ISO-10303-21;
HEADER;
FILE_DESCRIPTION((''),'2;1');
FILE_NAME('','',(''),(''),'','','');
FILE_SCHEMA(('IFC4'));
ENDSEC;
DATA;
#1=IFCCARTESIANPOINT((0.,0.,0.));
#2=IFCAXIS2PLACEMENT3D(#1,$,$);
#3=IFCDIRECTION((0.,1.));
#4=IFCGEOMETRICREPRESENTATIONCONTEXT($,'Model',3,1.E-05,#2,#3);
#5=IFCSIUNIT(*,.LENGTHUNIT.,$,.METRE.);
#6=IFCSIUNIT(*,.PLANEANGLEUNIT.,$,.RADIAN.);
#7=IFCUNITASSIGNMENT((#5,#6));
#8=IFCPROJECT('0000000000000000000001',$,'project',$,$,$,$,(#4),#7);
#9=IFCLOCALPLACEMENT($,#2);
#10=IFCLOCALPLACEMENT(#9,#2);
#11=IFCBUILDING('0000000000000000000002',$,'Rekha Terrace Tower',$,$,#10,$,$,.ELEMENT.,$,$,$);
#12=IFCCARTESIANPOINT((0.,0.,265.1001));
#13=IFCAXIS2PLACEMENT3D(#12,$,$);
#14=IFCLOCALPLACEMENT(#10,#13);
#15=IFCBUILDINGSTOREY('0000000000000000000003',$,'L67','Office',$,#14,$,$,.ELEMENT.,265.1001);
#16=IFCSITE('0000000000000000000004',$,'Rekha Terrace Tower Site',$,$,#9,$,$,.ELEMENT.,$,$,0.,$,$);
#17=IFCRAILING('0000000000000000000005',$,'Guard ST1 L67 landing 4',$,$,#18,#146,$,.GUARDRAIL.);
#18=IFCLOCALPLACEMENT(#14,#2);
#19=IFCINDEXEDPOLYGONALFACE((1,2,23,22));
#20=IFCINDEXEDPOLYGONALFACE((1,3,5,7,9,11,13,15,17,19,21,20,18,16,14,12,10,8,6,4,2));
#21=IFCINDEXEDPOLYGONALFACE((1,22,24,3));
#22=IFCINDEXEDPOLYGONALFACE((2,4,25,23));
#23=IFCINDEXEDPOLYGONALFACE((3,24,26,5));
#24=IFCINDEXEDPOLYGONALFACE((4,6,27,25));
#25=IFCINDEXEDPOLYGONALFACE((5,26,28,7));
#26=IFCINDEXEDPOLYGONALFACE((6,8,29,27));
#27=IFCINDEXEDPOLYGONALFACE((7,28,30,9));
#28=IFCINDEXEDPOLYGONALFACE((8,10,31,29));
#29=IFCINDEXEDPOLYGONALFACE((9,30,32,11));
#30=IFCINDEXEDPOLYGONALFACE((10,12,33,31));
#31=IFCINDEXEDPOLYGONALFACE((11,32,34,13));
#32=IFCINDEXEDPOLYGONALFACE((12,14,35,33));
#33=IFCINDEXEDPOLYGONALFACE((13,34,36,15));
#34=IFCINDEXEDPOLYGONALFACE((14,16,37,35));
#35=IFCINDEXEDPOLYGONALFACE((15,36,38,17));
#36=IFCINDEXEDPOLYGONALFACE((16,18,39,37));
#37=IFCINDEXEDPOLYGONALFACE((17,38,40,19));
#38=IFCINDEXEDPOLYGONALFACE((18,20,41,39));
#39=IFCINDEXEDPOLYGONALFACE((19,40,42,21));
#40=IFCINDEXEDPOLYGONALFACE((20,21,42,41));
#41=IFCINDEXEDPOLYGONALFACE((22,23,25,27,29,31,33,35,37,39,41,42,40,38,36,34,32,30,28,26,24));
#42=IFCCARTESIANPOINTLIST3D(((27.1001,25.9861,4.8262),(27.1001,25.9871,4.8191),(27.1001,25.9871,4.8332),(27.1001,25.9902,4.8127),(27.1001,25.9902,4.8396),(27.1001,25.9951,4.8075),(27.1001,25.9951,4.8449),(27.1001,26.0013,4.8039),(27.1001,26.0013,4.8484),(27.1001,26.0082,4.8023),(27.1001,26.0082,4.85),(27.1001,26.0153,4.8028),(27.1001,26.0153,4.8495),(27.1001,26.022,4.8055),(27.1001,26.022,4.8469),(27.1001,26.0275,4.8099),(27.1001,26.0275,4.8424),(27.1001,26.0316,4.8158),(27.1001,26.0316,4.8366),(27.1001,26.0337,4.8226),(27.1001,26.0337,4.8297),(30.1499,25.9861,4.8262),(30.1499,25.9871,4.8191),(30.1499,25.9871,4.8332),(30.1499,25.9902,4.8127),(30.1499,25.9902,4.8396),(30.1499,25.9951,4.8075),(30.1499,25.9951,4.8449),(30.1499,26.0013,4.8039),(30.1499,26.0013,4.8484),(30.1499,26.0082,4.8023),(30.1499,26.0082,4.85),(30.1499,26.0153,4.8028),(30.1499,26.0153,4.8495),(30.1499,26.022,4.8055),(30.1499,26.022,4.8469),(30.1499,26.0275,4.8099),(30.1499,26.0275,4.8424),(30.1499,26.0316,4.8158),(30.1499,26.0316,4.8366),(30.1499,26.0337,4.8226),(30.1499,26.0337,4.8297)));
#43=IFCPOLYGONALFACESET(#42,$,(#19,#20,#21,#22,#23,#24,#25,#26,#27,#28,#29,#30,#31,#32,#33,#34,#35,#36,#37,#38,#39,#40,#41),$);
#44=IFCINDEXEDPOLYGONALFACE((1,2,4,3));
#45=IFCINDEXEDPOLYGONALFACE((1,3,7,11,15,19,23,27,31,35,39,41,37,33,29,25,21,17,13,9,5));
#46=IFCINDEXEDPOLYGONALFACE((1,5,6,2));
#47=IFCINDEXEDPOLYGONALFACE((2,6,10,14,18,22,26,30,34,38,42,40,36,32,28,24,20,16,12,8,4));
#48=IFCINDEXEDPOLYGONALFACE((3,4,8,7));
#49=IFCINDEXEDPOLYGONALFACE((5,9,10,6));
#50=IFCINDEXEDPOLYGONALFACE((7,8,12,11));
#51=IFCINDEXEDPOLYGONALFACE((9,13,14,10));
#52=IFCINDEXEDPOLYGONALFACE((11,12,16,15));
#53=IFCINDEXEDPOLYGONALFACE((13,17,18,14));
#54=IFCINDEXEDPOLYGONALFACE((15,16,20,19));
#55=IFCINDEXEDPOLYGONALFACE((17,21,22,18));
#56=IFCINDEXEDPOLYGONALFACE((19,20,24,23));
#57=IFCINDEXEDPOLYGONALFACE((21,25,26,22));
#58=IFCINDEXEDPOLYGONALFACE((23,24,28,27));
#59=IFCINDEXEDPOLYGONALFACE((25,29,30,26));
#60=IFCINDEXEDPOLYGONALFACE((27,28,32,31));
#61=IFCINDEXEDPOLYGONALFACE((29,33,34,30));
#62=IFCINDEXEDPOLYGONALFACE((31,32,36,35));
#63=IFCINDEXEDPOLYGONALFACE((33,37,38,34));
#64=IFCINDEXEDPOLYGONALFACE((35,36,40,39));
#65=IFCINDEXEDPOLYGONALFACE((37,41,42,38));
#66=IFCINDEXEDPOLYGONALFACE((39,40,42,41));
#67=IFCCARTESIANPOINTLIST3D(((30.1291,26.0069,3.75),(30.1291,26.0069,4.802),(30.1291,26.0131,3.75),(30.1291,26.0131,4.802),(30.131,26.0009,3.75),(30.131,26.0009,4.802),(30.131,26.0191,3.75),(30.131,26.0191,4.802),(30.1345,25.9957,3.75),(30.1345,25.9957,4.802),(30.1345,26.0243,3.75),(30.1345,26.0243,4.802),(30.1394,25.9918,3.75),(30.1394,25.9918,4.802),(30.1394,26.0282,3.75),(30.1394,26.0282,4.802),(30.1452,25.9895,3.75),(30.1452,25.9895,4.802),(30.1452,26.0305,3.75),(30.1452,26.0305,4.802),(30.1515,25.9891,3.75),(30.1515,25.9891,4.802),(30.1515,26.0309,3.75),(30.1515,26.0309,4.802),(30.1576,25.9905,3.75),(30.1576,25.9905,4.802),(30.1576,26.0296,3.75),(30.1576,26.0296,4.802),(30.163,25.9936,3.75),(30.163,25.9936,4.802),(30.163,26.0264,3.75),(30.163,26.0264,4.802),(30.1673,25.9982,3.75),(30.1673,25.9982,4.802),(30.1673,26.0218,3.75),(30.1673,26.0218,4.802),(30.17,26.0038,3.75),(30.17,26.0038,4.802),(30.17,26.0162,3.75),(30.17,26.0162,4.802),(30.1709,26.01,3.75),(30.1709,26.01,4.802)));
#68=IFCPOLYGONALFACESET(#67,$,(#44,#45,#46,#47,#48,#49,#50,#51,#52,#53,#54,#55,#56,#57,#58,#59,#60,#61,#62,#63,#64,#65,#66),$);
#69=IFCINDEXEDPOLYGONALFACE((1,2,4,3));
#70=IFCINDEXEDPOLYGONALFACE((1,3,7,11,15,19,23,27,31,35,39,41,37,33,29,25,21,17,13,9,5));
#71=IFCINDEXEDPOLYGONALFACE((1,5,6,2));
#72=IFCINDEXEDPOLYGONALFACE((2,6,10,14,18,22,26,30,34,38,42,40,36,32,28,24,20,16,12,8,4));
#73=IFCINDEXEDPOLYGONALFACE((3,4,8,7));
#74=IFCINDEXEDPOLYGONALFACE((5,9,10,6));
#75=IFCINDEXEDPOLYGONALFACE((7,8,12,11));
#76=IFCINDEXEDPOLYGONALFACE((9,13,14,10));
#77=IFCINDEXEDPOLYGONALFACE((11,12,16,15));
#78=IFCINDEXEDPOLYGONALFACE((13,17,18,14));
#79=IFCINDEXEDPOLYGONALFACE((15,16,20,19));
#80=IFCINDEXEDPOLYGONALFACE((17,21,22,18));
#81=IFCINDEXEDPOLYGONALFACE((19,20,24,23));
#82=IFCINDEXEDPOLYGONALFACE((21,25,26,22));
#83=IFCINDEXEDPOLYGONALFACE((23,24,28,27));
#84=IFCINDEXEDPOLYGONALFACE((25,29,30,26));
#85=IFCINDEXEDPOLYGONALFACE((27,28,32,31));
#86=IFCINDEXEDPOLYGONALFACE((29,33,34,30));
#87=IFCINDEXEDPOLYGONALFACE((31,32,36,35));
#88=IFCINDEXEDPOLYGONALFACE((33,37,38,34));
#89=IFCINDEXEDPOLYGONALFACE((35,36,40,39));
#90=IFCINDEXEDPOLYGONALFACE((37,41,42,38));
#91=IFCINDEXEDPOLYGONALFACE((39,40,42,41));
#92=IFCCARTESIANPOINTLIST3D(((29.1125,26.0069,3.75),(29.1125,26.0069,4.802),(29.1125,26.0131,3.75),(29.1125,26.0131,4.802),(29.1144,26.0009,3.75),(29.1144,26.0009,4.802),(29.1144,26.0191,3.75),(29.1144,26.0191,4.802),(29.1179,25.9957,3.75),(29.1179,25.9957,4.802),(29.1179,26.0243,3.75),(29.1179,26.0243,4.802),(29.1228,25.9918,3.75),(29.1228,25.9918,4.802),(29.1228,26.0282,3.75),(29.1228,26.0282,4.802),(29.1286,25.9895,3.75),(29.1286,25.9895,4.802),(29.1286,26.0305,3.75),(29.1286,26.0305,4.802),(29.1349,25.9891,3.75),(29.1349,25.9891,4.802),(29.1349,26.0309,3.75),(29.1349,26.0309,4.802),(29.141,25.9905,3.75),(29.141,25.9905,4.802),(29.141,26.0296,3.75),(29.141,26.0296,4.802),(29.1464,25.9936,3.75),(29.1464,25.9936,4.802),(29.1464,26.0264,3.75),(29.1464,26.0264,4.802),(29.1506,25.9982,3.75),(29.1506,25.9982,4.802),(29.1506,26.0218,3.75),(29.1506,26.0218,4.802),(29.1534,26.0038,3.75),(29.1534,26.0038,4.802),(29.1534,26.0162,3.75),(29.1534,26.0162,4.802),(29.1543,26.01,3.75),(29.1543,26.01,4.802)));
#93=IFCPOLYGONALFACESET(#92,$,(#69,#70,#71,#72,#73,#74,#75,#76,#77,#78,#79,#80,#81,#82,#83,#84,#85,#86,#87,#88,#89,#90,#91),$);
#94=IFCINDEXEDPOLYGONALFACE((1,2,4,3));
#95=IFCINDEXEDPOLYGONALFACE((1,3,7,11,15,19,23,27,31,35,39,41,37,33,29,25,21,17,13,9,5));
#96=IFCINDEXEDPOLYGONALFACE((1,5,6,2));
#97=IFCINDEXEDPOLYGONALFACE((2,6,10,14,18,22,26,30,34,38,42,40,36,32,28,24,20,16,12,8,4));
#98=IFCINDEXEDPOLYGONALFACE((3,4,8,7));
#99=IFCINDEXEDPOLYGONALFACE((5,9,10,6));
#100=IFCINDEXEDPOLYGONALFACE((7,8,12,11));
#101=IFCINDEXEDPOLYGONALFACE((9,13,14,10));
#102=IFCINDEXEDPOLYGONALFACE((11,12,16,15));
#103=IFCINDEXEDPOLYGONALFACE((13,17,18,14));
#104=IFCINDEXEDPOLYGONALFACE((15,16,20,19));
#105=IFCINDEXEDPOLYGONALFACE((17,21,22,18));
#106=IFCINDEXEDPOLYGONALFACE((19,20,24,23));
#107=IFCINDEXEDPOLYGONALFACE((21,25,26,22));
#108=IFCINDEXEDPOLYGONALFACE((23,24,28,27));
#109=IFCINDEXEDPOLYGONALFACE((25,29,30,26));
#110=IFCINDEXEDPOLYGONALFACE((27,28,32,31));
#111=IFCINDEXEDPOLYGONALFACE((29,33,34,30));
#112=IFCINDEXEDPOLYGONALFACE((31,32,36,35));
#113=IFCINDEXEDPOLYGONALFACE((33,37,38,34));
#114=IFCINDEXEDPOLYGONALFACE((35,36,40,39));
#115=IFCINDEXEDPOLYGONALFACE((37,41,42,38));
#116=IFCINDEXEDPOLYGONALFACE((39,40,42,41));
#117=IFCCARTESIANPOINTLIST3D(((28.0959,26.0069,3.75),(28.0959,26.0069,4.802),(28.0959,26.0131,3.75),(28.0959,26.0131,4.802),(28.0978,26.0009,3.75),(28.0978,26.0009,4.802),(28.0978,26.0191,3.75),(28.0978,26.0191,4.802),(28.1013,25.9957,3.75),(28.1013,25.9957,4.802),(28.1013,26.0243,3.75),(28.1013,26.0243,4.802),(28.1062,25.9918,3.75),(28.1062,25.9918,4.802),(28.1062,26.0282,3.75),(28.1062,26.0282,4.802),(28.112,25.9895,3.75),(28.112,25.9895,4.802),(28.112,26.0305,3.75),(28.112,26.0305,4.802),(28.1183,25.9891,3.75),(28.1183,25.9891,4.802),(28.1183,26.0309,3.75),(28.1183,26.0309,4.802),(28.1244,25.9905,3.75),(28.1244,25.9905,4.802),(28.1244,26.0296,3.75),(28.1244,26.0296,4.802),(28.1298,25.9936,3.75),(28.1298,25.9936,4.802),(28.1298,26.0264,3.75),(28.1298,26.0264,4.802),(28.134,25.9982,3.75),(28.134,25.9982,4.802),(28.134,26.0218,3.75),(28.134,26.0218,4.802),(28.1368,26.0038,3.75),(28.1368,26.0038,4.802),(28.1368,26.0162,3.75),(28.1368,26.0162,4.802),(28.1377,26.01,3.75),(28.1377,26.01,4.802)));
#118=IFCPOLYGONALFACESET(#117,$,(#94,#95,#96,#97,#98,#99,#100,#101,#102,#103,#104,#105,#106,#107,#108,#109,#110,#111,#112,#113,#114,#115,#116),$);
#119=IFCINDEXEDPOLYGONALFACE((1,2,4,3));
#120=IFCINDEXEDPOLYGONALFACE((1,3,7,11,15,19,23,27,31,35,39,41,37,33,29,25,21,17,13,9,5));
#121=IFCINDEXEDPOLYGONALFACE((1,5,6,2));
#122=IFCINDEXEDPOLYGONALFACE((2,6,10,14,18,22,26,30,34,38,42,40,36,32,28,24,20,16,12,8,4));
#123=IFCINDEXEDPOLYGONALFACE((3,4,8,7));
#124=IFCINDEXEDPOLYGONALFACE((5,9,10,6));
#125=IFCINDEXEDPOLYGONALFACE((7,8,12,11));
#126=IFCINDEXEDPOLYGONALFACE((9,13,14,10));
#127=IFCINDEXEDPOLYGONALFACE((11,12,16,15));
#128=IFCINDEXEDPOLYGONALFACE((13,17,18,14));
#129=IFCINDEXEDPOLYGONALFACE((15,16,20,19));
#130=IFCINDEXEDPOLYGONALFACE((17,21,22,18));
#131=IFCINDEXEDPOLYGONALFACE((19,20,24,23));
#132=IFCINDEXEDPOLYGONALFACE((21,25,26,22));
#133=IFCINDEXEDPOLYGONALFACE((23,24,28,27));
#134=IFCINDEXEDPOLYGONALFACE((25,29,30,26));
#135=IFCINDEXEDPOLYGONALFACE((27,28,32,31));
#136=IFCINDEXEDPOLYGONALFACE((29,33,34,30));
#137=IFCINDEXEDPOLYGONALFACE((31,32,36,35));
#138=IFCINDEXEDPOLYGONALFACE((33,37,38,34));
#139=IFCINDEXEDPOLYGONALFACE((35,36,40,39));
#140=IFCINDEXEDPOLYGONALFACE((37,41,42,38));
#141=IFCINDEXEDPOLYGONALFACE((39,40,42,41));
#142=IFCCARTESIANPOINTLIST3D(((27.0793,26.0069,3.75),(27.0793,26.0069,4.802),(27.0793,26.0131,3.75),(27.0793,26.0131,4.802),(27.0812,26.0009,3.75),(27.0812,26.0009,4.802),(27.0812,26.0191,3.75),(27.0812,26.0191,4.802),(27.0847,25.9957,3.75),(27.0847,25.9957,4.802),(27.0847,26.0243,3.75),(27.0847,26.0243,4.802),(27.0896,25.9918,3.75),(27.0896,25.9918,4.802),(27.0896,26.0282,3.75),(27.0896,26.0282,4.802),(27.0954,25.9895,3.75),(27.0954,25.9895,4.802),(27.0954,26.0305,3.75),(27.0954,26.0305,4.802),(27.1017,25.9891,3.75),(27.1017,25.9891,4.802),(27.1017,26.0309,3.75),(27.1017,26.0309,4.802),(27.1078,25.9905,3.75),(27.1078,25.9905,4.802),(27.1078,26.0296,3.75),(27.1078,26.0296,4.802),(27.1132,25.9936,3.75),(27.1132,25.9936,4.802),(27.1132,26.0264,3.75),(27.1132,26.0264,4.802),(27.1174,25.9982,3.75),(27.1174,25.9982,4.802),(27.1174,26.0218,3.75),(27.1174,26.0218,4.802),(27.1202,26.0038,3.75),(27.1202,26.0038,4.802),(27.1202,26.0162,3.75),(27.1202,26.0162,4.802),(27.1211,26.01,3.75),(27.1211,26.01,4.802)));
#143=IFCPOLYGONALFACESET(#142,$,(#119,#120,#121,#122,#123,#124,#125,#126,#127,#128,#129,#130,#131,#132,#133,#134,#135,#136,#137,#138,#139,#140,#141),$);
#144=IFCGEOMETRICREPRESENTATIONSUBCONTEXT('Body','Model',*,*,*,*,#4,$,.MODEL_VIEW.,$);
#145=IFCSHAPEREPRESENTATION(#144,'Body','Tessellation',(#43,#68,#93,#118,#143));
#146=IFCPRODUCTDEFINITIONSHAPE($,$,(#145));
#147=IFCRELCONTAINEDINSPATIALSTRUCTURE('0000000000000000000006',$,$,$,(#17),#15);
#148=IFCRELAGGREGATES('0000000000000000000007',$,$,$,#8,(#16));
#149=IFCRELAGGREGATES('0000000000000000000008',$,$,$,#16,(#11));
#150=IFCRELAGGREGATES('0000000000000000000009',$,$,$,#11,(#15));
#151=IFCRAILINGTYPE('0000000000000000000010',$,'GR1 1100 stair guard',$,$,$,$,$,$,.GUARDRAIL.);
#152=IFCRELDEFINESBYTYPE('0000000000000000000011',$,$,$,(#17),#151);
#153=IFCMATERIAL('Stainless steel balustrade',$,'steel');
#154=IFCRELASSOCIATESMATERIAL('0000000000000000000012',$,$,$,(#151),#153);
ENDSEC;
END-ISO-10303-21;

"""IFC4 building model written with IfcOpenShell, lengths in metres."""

from ifc_helpers import new_model, si_unit, direction, frame, origin, origin_2d, place, context, subcontext, project, spatial, circle, extrude, material, type_object, element, save


model = new_model("IFC4")

# Units and contexts
model_context = context("Model", 3, precision=1e-05, world=origin(), true_north=direction((0.0, 1.0)))
body_context = subcontext(model_context, "Body", "Model", "MODEL_VIEW")
ifc_project = project(units=[si_unit("LENGTHUNIT", "METRE"), si_unit("PLANEANGLEUNIT", "RADIAN")], contexts=[model_context])

# Site, building, storey
site_placement = place(None, origin())
site = spatial("IfcSite", under=ifc_project, at=site_placement, Name="Rekha Terrace Tower Site", CompositionType="ELEMENT", RefElevation=0.0)
building_placement = place(site_placement, origin())
building = spatial("IfcBuilding", under=site, at=building_placement, Name="Rekha Terrace Tower", CompositionType="ELEMENT")
storey_placement = place(building_placement, frame((0.0, 0.0, 265.1001)))
storey = spatial("IfcBuildingStorey", under=building, at=storey_placement, Name="L67", Description="Office", CompositionType="ELEMENT", Elevation=265.1001)

# Railing
ifc_material_1 = material(Name="Stainless steel balustrade", Category="steel")
railing_type_1 = type_object("IfcRailingType", Name="GR1 1100 stair guard", PredefinedType="GUARDRAIL", material=ifc_material_1)
railing_1_placement = place(storey_placement, frame((30.1499, 26.01, 3.75)))
element("IfcRailing", 1, at=railing_1_placement, inside=storey, type_object=railing_type_1, Name="Guard ST1 L67 landing 4", PredefinedType="GUARDRAIL", context=body_context, shape_type="SweptSolid", body=[
    extrude(circle(Radius=0.0239, at=origin_2d()), frame((0.0, 0.0, 1.0762), z_axis=(-1.0, 0.0, 0.0), x_axis=(0.0, -1.0, 0.0)), (0.0, 0.0, 1.0), 3.0498),
    extrude(circle(Radius=0.021, at=origin_2d()), origin(), (0.0, 0.0, 1.0), 1.052),
    extrude(circle(Radius=0.021, at=origin_2d()), frame((-1.0166, 0.0, 0.0)), (0.0, 0.0, 1.0), 1.052),
    extrude(circle(Radius=0.021, at=origin_2d()), frame((-2.0332, 0.0, 0.0)), (0.0, 0.0, 1.0), 1.052),
    extrude(circle(Radius=0.021, at=origin_2d()), frame((-3.0498, 0.0, 0.0)), (0.0, 0.0, 1.0), 1.052),
])

save(model, "model.ifc")
